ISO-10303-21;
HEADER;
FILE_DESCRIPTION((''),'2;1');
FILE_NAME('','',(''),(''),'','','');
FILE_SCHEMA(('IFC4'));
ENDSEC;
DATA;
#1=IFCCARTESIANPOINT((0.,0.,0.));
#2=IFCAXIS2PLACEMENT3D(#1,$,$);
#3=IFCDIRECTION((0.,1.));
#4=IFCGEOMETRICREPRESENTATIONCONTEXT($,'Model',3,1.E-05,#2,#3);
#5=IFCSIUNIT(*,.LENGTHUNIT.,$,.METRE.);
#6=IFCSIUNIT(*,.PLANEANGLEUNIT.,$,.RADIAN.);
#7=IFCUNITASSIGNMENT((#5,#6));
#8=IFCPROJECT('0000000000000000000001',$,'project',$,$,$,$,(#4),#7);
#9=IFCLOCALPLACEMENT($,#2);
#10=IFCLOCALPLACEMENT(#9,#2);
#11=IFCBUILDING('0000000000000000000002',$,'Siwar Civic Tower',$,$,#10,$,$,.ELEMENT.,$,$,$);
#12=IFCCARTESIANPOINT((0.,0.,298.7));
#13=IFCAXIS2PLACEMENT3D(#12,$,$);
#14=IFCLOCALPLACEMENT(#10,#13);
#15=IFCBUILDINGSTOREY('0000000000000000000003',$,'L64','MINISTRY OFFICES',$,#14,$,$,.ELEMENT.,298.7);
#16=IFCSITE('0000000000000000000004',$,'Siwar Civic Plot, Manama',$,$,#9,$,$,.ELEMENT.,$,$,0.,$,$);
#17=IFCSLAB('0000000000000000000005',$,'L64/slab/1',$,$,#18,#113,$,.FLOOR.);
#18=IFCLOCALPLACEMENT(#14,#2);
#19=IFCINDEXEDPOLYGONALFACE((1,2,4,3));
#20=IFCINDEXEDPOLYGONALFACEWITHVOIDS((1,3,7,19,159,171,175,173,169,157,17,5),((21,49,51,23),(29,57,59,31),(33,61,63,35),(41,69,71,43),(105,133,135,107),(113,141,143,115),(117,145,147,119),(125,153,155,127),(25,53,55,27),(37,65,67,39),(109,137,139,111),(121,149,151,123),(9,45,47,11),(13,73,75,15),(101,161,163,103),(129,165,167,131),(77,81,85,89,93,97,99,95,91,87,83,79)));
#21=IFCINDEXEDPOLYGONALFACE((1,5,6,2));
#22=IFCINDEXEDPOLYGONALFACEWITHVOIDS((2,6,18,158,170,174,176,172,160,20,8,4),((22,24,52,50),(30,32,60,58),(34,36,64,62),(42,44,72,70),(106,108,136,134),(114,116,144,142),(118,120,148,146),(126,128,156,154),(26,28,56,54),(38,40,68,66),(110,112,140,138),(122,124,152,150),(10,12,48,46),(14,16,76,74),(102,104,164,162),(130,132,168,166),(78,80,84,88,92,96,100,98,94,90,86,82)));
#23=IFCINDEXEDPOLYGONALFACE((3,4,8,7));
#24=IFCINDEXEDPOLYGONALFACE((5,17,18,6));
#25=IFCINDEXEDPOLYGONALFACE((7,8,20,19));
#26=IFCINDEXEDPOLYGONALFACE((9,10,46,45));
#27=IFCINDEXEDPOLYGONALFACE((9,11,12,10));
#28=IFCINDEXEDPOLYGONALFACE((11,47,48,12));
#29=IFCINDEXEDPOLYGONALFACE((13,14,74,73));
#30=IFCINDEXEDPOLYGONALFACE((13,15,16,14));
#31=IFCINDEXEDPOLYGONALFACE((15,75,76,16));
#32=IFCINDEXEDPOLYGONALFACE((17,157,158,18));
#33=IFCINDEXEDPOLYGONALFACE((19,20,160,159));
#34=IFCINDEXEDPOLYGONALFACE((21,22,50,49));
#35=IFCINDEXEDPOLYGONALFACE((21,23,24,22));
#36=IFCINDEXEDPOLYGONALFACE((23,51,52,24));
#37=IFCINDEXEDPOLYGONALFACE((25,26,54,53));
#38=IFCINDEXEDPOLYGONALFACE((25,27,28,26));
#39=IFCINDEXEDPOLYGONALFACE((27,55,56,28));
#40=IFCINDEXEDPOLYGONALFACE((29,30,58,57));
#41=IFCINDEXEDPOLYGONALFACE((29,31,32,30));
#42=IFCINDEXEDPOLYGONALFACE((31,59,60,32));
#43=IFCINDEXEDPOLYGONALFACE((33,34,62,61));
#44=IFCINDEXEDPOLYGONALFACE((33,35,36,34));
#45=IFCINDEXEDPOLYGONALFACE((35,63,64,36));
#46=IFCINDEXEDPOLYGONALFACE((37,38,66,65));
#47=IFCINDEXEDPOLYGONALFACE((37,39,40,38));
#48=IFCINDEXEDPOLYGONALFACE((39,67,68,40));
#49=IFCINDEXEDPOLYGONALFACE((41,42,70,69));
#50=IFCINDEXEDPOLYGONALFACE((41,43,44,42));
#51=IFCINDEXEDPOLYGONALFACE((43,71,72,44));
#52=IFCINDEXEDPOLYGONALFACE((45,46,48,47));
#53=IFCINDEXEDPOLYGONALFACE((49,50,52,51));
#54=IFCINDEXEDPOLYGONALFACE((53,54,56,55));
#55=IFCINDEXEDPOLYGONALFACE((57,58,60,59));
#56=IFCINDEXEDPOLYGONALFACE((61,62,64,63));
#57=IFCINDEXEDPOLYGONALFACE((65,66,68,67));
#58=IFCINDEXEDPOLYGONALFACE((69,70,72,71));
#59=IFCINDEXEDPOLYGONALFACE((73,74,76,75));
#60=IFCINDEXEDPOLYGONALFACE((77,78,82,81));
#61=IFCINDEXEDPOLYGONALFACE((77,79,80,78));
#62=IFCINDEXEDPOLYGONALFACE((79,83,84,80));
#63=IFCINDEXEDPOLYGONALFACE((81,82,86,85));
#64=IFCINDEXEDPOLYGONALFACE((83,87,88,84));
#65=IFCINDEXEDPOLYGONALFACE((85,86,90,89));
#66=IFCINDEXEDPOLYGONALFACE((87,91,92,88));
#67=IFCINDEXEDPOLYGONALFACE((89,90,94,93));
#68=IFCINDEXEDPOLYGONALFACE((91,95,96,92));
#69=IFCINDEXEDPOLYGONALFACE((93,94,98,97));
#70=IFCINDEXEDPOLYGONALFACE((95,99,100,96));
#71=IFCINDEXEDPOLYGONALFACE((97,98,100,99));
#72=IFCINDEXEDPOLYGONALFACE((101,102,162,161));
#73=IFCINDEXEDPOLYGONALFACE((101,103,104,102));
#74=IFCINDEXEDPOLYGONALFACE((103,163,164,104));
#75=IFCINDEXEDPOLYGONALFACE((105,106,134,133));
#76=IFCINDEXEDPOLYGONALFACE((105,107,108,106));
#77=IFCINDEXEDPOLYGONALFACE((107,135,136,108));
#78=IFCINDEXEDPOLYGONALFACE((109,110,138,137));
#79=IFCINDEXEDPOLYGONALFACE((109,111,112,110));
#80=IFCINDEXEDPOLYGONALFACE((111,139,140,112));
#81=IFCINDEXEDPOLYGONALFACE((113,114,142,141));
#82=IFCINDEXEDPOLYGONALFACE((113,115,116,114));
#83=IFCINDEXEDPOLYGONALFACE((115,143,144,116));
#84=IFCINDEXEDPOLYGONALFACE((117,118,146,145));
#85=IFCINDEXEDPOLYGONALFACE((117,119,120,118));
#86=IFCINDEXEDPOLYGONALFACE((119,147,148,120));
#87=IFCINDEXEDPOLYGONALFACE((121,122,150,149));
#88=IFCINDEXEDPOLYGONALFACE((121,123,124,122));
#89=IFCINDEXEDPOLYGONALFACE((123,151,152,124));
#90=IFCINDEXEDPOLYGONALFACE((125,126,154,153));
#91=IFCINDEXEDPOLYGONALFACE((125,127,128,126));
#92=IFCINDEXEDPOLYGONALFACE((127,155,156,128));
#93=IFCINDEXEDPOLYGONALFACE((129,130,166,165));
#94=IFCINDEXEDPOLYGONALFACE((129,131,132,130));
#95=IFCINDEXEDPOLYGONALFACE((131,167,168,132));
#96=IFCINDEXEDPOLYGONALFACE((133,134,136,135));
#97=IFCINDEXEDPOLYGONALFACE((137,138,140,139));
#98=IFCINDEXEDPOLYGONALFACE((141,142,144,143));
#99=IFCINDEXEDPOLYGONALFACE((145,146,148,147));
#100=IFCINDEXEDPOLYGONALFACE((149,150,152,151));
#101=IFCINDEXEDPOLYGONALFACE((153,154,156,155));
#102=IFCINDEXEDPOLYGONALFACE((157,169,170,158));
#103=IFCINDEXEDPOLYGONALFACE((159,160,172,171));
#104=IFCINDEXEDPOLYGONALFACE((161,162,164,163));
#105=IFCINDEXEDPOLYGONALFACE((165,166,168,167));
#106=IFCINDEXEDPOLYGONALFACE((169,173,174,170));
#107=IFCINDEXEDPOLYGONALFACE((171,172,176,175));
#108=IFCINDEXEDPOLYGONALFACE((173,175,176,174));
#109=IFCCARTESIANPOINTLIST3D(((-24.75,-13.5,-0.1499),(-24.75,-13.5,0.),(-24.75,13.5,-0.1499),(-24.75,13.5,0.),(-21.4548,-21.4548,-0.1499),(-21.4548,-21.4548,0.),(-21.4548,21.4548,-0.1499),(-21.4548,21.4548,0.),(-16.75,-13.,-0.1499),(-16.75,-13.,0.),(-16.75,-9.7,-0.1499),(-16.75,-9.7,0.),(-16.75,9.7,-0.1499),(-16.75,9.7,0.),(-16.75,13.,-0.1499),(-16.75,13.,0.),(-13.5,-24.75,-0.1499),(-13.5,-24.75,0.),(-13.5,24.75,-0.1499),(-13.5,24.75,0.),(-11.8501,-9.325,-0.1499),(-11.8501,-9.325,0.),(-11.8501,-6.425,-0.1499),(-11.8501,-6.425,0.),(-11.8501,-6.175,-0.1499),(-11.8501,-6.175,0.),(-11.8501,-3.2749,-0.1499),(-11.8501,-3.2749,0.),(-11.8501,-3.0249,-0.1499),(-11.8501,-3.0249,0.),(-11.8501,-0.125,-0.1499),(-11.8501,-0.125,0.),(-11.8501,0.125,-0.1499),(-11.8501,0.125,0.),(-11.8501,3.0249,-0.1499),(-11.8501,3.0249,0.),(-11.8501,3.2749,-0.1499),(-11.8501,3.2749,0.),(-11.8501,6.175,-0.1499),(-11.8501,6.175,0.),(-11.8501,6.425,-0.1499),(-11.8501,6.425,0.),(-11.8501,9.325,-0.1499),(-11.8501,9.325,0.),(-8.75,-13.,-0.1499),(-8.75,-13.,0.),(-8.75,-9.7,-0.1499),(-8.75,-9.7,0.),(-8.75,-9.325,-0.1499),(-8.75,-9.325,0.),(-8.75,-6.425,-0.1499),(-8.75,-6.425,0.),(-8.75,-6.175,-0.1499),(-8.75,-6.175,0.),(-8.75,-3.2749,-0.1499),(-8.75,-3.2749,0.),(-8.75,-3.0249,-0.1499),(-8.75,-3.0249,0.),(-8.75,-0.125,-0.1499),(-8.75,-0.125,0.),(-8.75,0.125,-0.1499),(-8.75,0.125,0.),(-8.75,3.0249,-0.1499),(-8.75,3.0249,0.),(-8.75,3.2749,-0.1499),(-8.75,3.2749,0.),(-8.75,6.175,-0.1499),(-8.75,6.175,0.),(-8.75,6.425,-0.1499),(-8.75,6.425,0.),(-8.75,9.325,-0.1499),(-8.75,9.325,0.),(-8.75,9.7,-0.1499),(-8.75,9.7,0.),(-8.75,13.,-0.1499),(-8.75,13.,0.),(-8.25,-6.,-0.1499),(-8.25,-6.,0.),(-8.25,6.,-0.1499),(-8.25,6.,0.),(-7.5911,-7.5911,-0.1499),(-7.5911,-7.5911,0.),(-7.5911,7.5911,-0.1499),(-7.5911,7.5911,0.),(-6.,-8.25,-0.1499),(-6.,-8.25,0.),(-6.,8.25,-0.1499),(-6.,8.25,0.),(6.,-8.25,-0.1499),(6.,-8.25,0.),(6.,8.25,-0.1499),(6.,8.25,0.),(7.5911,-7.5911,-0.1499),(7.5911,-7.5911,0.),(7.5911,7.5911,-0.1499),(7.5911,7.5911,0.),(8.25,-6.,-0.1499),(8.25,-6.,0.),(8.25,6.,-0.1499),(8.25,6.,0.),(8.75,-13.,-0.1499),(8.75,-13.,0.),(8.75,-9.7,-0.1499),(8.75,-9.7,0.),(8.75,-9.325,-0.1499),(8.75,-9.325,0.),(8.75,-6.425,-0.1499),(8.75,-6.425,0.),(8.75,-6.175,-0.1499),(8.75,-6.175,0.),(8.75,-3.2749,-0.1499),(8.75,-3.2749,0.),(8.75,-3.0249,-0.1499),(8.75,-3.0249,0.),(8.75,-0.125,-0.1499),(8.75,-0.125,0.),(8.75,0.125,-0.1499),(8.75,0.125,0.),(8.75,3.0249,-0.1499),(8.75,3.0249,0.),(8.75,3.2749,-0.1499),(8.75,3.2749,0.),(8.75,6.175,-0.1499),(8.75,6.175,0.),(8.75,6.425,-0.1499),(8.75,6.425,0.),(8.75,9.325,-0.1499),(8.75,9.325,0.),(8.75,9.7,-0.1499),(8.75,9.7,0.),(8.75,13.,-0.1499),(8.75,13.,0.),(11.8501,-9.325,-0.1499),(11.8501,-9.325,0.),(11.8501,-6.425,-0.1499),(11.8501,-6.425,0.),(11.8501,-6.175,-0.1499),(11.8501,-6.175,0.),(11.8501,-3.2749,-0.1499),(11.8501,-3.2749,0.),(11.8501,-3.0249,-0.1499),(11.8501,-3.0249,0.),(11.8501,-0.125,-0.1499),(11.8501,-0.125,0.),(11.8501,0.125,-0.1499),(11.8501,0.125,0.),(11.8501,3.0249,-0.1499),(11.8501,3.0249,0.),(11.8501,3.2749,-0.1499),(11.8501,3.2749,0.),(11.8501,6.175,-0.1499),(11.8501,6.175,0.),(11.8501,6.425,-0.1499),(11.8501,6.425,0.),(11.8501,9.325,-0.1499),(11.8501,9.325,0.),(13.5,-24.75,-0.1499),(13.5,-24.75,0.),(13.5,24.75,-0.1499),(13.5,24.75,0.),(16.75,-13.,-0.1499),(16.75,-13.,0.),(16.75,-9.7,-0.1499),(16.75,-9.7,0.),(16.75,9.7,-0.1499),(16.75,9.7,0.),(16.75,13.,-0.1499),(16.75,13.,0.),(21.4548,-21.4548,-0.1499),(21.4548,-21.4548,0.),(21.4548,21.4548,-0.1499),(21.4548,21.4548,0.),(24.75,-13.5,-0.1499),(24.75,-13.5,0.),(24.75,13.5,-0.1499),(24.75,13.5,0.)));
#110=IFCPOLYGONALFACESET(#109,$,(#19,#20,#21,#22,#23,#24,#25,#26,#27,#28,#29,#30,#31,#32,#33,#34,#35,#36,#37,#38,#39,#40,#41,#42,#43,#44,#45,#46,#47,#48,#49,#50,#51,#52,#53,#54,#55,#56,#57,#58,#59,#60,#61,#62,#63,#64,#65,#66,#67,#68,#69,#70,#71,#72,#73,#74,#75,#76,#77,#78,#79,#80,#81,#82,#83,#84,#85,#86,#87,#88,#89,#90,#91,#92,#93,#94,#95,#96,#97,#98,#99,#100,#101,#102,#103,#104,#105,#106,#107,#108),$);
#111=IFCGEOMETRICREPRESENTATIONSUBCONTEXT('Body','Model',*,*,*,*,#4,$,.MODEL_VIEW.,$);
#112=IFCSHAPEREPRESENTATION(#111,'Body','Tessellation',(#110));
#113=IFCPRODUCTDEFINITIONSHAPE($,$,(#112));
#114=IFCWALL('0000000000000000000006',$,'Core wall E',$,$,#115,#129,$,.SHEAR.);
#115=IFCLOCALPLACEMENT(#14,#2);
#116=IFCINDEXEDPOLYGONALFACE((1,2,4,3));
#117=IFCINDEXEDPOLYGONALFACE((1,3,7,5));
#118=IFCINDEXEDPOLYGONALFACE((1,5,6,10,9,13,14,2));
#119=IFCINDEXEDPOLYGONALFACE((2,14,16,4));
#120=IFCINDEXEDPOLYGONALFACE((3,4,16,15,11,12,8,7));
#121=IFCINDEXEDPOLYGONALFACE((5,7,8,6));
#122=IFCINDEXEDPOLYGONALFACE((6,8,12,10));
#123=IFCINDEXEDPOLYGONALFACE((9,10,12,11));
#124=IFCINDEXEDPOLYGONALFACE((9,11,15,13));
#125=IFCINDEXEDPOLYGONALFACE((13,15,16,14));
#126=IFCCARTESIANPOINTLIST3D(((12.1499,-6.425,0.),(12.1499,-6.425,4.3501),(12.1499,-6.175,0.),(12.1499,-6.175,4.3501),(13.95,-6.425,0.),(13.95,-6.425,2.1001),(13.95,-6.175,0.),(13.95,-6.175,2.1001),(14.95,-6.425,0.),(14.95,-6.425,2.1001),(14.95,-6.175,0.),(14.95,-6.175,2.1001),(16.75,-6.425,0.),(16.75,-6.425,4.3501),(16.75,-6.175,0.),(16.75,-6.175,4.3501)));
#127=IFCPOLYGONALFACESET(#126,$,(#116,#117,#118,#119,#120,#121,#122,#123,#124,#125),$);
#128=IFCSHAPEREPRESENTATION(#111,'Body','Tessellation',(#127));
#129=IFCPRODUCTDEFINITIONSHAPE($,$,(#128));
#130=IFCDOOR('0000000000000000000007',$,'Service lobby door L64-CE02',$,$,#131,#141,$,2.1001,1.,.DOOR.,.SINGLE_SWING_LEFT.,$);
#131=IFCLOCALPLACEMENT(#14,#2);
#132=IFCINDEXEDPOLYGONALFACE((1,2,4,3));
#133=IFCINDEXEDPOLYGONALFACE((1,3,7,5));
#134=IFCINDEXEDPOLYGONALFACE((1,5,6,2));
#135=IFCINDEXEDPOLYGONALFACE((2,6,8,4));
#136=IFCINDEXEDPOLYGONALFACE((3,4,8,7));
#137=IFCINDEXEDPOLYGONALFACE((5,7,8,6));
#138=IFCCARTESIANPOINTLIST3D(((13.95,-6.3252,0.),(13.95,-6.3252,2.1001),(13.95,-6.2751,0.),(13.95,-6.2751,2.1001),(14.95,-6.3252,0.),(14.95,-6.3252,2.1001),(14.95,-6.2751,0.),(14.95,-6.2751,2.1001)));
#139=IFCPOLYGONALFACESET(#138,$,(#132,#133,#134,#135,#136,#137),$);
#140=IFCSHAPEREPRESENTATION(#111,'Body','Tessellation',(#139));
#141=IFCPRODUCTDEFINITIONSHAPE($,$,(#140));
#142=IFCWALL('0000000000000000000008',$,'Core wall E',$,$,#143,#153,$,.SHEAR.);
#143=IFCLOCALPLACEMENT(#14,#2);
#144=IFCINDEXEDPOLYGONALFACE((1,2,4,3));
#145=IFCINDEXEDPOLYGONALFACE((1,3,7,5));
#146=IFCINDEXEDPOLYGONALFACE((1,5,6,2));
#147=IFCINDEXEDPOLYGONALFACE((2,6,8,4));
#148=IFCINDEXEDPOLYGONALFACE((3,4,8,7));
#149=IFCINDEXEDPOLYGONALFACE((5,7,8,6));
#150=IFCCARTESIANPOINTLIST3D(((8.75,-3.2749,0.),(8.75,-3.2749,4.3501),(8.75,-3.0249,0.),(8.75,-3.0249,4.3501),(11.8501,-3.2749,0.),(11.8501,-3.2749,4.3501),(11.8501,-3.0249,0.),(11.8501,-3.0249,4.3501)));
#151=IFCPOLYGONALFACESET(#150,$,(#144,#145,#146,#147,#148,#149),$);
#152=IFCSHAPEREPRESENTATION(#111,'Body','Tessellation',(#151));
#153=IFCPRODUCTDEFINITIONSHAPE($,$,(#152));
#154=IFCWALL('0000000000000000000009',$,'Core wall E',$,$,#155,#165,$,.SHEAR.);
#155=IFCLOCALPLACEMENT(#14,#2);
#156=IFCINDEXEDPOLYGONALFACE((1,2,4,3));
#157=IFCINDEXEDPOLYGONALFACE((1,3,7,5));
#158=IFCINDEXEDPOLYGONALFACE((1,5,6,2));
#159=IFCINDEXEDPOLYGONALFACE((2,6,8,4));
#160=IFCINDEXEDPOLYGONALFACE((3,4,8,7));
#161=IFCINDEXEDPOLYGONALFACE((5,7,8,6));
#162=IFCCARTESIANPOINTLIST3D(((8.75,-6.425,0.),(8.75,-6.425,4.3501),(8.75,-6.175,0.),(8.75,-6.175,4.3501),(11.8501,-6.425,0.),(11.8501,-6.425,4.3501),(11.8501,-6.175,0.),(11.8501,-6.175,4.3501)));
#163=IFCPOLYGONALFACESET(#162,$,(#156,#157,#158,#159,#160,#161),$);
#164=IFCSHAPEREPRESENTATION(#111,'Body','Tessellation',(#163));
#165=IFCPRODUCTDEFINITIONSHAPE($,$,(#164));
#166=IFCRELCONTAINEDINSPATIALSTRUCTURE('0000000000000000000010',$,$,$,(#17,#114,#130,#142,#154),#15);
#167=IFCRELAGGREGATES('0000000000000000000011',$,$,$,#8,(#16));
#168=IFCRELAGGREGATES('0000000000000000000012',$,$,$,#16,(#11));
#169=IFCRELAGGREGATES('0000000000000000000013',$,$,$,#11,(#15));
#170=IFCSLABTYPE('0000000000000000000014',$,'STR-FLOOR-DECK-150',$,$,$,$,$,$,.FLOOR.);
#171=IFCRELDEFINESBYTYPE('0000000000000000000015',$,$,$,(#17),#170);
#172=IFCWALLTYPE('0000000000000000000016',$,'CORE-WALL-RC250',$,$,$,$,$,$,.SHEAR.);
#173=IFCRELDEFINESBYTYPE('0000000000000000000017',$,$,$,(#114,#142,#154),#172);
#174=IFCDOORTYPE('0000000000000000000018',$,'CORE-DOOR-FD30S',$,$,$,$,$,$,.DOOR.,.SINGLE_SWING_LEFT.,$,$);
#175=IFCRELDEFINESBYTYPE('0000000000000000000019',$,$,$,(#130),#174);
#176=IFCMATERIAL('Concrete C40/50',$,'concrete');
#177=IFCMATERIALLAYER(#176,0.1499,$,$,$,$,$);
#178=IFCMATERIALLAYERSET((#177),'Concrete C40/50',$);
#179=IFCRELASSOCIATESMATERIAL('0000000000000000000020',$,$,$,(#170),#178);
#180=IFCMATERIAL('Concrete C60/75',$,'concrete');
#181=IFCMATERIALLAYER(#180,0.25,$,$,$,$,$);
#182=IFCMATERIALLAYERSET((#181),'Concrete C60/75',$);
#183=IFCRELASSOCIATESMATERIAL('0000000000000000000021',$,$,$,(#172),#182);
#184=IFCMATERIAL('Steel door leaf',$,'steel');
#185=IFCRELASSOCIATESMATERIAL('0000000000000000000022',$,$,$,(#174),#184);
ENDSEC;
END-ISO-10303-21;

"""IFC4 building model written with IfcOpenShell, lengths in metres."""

from ifc_helpers import new_model, si_unit, direction, frame, frame_2d, origin, place, context, subcontext, project, spatial, polyline, rectangle, outline, extrude, material, layer, layer_set, type_object, element, fill, save


model = new_model("IFC4")

# Units and contexts
model_context = context("Model", 3, precision=1e-05, world=origin(), true_north=direction((0.0, 1.0)))
body_context = subcontext(model_context, "Body", "Model", "MODEL_VIEW")
ifc_project = project(units=[si_unit("LENGTHUNIT", "METRE"), si_unit("PLANEANGLEUNIT", "RADIAN")], contexts=[model_context])

# Site, building, storey
site_placement = place(None, origin())
site = spatial("IfcSite", under=ifc_project, at=site_placement, Name="Siwar Civic Plot, Manama", CompositionType="ELEMENT", RefElevation=0.0)
building_placement = place(site_placement, origin())
building = spatial("IfcBuilding", under=site, at=building_placement, Name="Siwar Civic Tower", CompositionType="ELEMENT")
storey_placement = place(building_placement, frame((0.0, 0.0, 298.7)))
storey = spatial("IfcBuildingStorey", under=building, at=storey_placement, Name="L64", Description="MINISTRY OFFICES", CompositionType="ELEMENT", Elevation=298.7)

# Slab
ifc_material_1 = material(Name="Concrete C40/50", Category="concrete")
ifc_layer_1 = layer(ifc_material_1, 0.1499)
ifc_layer_set_1 = layer_set([ifc_layer_1], Name="Concrete C40/50")
slab_type_1 = type_object("IfcSlabType", Name="STR-FLOOR-DECK-150", PredefinedType="FLOOR", material=ifc_layer_set_1)
slab_1_placement = place(storey_placement, frame((0.0, 0.0, -0.1499)))
element("IfcSlab", 1, at=slab_1_placement, inside=storey, type_object=slab_type_1, Name="L64/slab/1", PredefinedType="FLOOR", context=body_context, shape_type="SweptSolid", body=[
    extrude(outline(polyline([(-13.5, -24.75), (13.5, -24.75), (21.4548, -21.4548), (24.75, -13.5), (24.75, 13.5), (21.4548, 21.4548), (13.5, 24.75), (-13.5, 24.75), (-21.4548, 21.4548), (-24.75, 13.5), (-24.75, -13.5), (-21.4548, -21.4548), (-13.5, -24.75)]), holes=[polyline([(16.75, 13.0), (16.75, 9.7), (8.75, 9.7), (8.75, 13.0), (16.75, 13.0)]), polyline([(8.75, -9.7), (16.75, -9.7), (16.75, -13.0), (8.75, -13.0), (8.75, -9.7)]), polyline([(11.8501, 9.325), (11.8501, 6.425), (8.75, 6.425), (8.75, 9.325), (11.8501, 9.325)]), polyline([(8.75, 6.175), (11.8501, 6.175), (11.8501, 3.2749), (8.75, 3.2749), (8.75, 6.175)]), polyline([(8.75, 3.0249), (11.8501, 3.0249), (11.8501, 0.125), (8.75, 0.125), (8.75, 3.0249)]), polyline([(8.75, -0.125), (11.8501, -0.125), (11.8501, -3.0249), (8.75, -3.0249), (8.75, -0.125)]), polyline([(8.75, -3.2749), (11.8501, -3.2749), (11.8501, -6.175), (8.75, -6.175), (8.75, -3.2749)]), polyline([(8.75, -6.425), (11.8501, -6.425), (11.8501, -9.325), (8.75, -9.325), (8.75, -6.425)]), polyline([(-6.0, 8.25), (6.0, 8.25), (7.5911, 7.5911), (8.25, 6.0), (8.25, -6.0), (7.5911, -7.5911), (6.0, -8.25), (-6.0, -8.25), (-7.5911, -7.5911), (-8.25, -6.0), (-8.25, 6.0), (-7.5911, 7.5911), (-6.0, 8.25)]), polyline([(-8.75, -13.0), (-16.75, -13.0), (-16.75, -9.7), (-8.75, -9.7), (-8.75, -13.0)]), polyline([(-8.75, 9.7), (-16.75, 9.7), (-16.75, 13.0), (-8.75, 13.0), (-8.75, 9.7)]), polyline([(-8.75, 6.425), (-11.8501, 6.425), (-11.8501, 9.325), (-8.75, 9.325), (-8.75, 6.425)]), polyline([(-8.75, 3.2749), (-11.8501, 3.2749), (-11.8501, 6.175), (-8.75, 6.175), (-8.75, 3.2749)]), polyline([(-8.75, 0.125), (-11.8501, 0.125), (-11.8501, 3.0249), (-8.75, 3.0249), (-8.75, 0.125)]), polyline([(-8.75, -3.0249), (-11.8501, -3.0249), (-11.8501, -0.125), (-8.75, -0.125), (-8.75, -3.0249)]), polyline([(-8.75, -6.175), (-11.8501, -6.175), (-11.8501, -3.2749), (-8.75, -3.2749), (-8.75, -6.175)]), polyline([(-8.75, -9.325), (-11.8501, -9.325), (-11.8501, -6.425), (-8.75, -6.425), (-8.75, -9.325)])]), origin(), (0.0, 0.0, 1.0), 0.1499),
])

# Wall, opening, door
ifc_material_2 = material(Name="Concrete C60/75", Category="concrete")
ifc_layer_2 = layer(ifc_material_2, 0.25)
ifc_layer_set_2 = layer_set([ifc_layer_2], Name="Concrete C60/75")
wall_type_1 = type_object("IfcWallType", Name="CORE-WALL-RC250", PredefinedType="SHEAR", material=ifc_layer_set_2)
wall_1_placement = place(storey_placement, frame((12.1499, -6.3, 0.0), z_axis=(0.0, 0.0, 1.0), x_axis=(1.0, 0.0, 0.0)))
wall_1 = element("IfcWall", 2, at=wall_1_placement, inside=storey, type_object=wall_type_1, Name="Core wall E", PredefinedType="SHEAR", context=body_context, shape_type="SweptSolid", body=[
    extrude(rectangle(XDim=4.6001, YDim=0.25, at=frame_2d((2.3, 0.0))), origin(), (0.0, 0.0, 1.0), 4.3501),
])
opening_1_placement = place(wall_1_placement, frame((1.8, 0.0, 0.0)))
opening_1 = element("IfcOpeningElement", 3, at=opening_1_placement, cuts=wall_1, PredefinedType="OPENING", context=body_context, shape_type="SweptSolid", body=[
    extrude(rectangle(XDim=1.0, YDim=2.1001, at=frame_2d((0.5, 1.05))), frame((0.0, 0.135, 0.0), z_axis=(0.0, -1.0, 0.0), x_axis=(1.0, 0.0, 0.0)), (0.0, 0.0, 1.0), 0.27),
])
ifc_material_3 = material(Name="Steel door leaf", Category="steel")
door_type_1 = type_object("IfcDoorType", Name="CORE-DOOR-FD30S", OperationType="SINGLE_SWING_LEFT", PredefinedType="DOOR", material=ifc_material_3)
door_1_placement = place(opening_1_placement, origin())
door_1 = element("IfcDoor", 4, at=door_1_placement, inside=storey, type_object=door_type_1, Name="Service lobby door L64-CE02", OperationType="SINGLE_SWING_LEFT", OverallHeight=2.1001, OverallWidth=1.0, PredefinedType="DOOR", context=body_context, shape_type="SweptSolid", body=[
    extrude(rectangle(XDim=1.0, YDim=2.1001, at=frame_2d((0.5, 1.05))), frame((0.0, 0.0249, 0.0), z_axis=(0.0, -1.0, 0.0), x_axis=(1.0, 0.0, 0.0)), (0.0, 0.0, 1.0), 0.05),
])
fill(opening_1, door_1)

# Walls
for number, where, z_axis, x_axis, name in (
    (5, (8.75, -3.1499, 0.0), (0.0, 0.0, 1.0), (1.0, 0.0, 0.0), "Core wall E"),
    (6, (8.75, -6.3, 0.0), (0.0, 0.0, 1.0), (1.0, 0.0, 0.0), "Core wall E"),
):
    element("IfcWall", number, at=place(storey_placement, frame(where, z_axis=z_axis, x_axis=x_axis)), inside=storey, type_object=wall_type_1, Name=name, PredefinedType="SHEAR", context=body_context, shape_type="SweptSolid", body=[
        extrude(rectangle(XDim=3.1001, YDim=0.25, at=frame_2d((1.55, 0.0))), origin(), (0.0, 0.0, 1.0), 4.3501),
    ])

save(model, "model.ifc")
